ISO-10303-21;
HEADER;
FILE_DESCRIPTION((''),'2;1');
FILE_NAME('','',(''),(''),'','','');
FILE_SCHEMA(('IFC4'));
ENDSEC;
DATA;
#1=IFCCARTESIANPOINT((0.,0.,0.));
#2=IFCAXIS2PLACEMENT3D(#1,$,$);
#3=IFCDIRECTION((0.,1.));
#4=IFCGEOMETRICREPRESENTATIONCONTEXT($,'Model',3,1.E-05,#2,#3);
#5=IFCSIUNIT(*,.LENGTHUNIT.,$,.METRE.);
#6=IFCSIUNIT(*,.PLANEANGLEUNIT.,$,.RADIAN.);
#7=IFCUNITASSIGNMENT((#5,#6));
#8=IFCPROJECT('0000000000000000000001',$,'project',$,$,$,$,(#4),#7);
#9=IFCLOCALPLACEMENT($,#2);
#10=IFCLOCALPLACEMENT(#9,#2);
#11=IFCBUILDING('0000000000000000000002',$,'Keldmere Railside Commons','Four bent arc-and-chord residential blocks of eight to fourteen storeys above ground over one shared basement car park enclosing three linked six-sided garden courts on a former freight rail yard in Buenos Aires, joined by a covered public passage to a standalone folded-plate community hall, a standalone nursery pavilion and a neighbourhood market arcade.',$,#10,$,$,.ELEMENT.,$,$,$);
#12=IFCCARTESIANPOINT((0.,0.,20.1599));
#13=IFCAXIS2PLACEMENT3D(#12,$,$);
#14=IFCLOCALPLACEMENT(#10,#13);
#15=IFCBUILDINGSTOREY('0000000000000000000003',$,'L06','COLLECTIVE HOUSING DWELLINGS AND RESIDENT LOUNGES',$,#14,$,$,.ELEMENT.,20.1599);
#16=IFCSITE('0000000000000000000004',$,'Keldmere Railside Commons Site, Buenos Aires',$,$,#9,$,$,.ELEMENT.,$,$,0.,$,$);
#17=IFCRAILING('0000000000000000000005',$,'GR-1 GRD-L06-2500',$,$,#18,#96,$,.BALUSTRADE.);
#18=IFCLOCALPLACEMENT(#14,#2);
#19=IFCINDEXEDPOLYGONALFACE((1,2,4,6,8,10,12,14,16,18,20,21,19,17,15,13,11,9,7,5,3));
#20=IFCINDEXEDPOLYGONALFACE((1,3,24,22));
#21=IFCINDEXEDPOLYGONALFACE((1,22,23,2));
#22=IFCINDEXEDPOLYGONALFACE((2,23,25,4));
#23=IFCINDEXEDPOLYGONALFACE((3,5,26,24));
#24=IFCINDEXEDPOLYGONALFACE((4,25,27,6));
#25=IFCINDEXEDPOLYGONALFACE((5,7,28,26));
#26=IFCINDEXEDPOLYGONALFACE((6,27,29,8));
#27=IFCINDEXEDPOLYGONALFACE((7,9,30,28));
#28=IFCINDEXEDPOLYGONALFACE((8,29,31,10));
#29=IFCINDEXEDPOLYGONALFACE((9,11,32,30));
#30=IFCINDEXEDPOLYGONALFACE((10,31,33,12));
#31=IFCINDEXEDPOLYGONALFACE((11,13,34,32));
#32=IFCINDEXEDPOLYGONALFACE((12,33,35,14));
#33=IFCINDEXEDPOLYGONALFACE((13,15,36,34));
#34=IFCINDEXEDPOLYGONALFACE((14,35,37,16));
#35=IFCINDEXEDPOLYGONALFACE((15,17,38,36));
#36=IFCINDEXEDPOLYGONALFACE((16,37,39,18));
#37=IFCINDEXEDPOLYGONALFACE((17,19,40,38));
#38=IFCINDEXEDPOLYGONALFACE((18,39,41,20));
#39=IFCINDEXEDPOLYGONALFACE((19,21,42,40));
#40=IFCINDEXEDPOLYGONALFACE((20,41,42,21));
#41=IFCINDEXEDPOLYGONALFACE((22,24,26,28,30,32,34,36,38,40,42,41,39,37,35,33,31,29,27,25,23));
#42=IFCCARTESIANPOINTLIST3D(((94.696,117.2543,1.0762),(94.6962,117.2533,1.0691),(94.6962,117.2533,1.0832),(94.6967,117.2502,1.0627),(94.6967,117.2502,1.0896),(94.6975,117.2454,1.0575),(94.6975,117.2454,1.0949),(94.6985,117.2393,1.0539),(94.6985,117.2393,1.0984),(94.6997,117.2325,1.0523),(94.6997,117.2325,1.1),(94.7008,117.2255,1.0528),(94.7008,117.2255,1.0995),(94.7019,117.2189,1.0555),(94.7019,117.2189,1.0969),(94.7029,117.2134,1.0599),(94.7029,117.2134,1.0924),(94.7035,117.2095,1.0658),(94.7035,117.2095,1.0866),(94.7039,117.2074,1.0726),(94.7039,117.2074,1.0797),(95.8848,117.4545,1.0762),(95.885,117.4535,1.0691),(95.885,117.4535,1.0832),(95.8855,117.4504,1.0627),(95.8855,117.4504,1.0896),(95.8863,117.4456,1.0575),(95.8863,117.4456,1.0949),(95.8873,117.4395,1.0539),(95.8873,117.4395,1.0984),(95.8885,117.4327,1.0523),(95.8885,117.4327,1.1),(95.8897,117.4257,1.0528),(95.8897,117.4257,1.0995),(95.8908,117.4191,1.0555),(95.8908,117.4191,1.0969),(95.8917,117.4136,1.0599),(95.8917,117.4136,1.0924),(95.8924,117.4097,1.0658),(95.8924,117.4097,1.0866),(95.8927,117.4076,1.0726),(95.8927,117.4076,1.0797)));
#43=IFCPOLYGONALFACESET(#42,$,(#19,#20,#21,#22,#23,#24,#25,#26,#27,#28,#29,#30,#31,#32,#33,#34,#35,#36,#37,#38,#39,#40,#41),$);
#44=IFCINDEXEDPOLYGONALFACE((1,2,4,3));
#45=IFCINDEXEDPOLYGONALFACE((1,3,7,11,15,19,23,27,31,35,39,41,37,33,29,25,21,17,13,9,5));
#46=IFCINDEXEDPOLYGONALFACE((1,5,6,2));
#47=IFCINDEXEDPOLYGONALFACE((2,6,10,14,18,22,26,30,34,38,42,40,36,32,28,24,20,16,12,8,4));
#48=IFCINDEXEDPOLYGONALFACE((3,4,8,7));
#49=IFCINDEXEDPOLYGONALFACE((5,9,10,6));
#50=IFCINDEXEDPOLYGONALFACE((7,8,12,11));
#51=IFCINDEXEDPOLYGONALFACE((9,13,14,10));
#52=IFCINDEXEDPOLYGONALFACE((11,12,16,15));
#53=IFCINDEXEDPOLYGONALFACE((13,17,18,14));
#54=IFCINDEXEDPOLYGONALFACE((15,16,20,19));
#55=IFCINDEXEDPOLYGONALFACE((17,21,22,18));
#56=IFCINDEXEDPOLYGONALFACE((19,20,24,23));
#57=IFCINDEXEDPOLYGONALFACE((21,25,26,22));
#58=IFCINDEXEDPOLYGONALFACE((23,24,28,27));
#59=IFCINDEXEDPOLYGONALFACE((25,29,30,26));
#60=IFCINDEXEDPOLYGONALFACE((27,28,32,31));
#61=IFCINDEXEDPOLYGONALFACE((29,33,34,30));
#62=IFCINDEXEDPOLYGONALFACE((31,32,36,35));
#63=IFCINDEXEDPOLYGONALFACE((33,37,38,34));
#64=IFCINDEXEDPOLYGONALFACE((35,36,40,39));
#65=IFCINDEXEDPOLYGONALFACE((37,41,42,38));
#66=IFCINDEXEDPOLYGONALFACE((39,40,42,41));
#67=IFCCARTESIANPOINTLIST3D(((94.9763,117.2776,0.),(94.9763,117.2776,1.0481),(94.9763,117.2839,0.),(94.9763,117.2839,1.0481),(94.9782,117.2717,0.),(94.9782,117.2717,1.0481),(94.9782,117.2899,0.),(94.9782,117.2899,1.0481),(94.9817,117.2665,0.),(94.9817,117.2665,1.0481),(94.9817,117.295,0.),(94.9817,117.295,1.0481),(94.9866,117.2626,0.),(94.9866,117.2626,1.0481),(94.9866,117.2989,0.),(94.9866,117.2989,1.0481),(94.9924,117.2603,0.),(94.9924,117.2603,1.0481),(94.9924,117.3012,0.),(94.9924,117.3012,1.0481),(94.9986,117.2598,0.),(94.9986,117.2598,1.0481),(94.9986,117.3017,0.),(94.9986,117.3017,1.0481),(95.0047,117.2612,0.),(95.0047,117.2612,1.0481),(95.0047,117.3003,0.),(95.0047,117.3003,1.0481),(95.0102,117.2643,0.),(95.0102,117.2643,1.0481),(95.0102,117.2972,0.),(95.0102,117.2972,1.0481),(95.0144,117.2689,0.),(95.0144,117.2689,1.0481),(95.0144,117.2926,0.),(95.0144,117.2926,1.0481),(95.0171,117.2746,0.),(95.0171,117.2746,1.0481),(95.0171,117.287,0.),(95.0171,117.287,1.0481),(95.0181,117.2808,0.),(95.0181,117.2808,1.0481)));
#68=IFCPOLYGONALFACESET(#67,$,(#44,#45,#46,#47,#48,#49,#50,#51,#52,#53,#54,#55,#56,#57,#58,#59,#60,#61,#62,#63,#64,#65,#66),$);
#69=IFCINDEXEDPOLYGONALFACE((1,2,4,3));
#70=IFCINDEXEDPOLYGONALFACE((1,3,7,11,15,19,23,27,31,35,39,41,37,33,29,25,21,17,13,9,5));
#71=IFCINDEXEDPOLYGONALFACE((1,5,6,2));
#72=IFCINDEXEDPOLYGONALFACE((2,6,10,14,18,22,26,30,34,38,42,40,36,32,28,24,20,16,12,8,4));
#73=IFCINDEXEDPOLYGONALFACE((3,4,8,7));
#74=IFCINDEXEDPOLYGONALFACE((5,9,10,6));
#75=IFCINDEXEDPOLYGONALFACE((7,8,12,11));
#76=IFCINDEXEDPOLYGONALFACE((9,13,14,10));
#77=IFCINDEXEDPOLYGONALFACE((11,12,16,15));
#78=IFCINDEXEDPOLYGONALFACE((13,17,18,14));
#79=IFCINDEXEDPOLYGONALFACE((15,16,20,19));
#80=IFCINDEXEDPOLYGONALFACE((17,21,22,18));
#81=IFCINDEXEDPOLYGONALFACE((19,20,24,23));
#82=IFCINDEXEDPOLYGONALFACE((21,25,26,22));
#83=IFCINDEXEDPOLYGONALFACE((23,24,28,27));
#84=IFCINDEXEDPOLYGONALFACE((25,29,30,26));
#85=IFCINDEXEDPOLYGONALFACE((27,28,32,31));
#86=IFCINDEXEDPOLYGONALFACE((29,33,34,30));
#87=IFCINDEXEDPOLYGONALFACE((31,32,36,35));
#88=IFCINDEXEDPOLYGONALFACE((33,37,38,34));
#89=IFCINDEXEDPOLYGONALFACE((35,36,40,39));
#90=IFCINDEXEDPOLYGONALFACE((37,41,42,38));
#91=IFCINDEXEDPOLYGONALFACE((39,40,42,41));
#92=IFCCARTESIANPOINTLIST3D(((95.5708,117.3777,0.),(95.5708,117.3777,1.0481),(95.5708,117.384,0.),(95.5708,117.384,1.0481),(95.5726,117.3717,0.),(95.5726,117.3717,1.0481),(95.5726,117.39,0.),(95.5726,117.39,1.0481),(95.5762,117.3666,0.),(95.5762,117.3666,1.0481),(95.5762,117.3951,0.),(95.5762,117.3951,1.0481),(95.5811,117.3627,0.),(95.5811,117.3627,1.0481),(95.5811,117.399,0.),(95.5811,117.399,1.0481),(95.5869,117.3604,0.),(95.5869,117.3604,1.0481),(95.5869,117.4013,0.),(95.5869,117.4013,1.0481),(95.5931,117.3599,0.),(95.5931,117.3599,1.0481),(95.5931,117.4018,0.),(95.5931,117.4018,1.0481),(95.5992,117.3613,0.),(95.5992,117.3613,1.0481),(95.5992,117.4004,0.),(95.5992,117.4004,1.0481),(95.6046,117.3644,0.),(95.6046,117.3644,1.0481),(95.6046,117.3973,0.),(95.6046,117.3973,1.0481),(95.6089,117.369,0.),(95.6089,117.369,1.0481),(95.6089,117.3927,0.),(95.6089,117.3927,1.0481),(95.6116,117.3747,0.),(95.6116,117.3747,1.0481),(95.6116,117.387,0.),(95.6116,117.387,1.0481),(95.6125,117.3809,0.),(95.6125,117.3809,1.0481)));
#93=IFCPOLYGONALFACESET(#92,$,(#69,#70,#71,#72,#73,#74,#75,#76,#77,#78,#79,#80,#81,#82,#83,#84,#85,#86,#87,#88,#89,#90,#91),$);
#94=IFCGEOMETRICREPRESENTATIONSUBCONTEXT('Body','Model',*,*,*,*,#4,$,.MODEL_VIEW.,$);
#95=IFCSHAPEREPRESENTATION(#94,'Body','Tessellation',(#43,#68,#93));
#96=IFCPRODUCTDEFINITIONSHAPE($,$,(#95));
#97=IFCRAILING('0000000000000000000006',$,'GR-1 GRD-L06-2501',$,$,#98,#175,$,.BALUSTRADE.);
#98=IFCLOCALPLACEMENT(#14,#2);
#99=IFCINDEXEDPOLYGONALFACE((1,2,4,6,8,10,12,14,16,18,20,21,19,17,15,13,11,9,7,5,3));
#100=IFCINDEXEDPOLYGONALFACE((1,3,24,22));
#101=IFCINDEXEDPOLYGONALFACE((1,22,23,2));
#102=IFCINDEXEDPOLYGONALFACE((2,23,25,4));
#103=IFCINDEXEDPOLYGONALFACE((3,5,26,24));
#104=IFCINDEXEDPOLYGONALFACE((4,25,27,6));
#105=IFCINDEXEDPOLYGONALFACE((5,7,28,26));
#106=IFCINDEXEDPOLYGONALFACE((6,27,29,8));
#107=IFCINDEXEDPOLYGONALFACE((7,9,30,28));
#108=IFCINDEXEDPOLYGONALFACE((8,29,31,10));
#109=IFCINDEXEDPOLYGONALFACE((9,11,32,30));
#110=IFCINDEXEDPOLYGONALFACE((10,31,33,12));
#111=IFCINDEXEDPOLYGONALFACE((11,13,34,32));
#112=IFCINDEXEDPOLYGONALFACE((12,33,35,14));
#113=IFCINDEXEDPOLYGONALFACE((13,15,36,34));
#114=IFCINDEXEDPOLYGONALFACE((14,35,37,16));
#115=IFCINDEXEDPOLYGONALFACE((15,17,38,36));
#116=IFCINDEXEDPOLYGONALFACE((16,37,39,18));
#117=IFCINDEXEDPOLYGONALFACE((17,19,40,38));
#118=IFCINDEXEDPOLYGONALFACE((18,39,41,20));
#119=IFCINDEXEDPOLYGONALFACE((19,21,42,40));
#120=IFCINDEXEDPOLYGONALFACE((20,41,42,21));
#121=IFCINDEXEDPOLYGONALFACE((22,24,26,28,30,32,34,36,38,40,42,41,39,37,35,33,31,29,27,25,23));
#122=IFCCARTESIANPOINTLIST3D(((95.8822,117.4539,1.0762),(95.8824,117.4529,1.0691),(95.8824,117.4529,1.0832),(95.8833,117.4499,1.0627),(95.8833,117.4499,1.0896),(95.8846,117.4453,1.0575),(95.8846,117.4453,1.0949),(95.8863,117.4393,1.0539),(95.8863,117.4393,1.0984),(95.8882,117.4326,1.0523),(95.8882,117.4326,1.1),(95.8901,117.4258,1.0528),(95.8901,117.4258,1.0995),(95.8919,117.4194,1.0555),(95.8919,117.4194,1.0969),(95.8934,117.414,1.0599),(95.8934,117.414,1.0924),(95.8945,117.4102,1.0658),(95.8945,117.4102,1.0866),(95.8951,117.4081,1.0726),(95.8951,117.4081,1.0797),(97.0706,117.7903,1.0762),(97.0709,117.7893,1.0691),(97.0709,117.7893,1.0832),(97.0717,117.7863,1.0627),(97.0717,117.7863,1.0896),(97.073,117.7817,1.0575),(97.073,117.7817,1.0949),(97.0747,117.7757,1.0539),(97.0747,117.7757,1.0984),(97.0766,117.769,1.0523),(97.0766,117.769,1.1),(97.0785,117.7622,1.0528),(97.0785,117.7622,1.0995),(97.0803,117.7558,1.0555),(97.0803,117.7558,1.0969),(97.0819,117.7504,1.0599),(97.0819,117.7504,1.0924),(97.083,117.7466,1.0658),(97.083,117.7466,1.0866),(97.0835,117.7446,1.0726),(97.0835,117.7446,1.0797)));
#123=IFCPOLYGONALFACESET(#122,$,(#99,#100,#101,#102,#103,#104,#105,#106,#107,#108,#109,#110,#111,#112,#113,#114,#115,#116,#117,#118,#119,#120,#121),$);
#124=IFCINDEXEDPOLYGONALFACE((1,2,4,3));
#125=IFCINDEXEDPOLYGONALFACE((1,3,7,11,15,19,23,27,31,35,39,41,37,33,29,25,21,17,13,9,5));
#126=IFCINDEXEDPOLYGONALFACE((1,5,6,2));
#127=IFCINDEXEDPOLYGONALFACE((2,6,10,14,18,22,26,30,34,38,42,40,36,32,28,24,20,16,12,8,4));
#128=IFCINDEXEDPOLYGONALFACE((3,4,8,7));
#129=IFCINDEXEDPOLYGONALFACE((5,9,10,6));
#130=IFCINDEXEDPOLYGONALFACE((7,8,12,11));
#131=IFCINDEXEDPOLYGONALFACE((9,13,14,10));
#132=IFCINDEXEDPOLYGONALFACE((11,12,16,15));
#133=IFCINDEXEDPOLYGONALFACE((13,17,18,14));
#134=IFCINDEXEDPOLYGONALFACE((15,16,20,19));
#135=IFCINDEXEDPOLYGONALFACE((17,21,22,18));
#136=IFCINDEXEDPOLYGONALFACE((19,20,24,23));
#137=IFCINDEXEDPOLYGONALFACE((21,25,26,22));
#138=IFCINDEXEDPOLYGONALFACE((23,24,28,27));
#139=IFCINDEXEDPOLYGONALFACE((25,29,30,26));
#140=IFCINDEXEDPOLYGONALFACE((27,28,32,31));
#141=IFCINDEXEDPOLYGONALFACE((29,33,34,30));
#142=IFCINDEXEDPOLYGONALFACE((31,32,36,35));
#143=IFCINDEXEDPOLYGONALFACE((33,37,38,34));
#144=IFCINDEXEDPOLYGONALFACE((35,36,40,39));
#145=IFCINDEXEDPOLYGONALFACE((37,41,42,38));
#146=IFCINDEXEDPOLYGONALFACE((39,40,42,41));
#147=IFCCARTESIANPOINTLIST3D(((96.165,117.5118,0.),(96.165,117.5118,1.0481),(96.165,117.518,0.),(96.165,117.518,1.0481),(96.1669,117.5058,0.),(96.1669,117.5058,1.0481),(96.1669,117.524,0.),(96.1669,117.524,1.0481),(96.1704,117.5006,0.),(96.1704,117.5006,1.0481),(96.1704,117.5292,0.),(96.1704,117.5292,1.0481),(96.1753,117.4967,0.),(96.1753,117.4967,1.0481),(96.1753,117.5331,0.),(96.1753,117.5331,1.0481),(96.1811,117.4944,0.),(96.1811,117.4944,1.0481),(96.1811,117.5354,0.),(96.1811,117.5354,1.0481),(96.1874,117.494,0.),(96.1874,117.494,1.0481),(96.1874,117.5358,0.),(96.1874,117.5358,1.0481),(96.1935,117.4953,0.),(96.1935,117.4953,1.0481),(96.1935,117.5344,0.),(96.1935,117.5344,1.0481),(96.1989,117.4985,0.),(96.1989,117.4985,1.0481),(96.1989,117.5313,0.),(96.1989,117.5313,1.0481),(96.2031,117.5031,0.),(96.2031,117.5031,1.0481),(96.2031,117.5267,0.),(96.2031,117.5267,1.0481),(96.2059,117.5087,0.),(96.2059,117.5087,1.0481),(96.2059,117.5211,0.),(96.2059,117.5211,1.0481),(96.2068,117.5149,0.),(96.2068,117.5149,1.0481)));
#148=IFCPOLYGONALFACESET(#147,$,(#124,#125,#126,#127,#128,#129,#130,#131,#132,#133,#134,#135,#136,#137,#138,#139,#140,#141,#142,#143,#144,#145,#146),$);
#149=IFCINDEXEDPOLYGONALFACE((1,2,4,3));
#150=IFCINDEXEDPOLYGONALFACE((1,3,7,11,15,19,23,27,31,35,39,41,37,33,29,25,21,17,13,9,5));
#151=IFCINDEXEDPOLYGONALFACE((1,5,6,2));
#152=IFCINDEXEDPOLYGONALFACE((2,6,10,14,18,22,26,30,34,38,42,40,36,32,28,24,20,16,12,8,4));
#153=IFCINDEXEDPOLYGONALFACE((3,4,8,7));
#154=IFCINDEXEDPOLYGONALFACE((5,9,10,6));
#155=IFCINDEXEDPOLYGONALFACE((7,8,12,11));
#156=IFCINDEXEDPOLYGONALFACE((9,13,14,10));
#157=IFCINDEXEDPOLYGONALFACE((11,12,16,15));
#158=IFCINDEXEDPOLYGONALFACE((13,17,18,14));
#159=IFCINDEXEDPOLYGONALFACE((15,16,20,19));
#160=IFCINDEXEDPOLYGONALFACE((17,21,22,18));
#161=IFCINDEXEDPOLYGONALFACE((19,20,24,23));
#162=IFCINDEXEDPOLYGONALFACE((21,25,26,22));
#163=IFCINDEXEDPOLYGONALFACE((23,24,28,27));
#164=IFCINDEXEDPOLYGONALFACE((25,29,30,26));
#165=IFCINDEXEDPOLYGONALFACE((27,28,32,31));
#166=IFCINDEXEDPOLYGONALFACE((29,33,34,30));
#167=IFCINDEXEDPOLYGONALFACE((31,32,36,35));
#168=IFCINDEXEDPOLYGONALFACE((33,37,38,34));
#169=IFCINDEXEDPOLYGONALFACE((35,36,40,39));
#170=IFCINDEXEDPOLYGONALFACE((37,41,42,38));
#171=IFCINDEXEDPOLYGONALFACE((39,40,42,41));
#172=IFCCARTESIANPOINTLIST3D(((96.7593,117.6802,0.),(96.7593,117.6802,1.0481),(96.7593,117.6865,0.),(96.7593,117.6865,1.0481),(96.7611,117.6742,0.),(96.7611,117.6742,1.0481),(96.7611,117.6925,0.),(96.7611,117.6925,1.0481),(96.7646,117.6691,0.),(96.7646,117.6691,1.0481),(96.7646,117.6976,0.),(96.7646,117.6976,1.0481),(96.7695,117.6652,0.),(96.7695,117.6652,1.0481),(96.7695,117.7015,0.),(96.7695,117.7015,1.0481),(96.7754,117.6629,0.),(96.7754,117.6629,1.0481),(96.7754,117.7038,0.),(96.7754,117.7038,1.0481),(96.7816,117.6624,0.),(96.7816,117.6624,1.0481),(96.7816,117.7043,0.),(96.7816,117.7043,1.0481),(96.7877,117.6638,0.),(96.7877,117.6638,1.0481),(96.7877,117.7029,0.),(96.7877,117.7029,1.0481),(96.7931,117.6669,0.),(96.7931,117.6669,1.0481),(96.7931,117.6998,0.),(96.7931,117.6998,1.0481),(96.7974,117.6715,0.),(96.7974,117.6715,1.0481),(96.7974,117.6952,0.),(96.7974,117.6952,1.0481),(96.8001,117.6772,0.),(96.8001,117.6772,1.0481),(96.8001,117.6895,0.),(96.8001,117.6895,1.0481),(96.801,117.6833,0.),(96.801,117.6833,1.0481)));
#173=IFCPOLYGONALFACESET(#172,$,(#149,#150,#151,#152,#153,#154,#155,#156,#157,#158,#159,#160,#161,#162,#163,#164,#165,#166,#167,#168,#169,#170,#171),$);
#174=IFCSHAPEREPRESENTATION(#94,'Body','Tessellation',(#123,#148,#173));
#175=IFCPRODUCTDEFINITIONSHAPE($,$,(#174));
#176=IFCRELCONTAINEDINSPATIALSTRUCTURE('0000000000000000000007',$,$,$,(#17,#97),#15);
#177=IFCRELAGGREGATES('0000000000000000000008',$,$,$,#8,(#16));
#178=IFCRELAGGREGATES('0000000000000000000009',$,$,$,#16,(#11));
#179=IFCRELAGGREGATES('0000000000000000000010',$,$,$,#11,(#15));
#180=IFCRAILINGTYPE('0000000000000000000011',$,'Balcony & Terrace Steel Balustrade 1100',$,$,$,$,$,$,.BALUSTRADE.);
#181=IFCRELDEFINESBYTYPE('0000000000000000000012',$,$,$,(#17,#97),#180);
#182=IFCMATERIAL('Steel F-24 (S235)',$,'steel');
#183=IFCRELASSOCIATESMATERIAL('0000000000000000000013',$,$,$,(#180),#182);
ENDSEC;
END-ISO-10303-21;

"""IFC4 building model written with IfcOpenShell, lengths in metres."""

from ifc_helpers import new_model, si_unit, direction, frame, origin, origin_2d, place, context, subcontext, project, spatial, circle, extrude, material, type_object, element, save


model = new_model("IFC4")

# Units and contexts
model_context = context("Model", 3, precision=1e-05, world=origin(), true_north=direction((0.0, 1.0)))
body_context = subcontext(model_context, "Body", "Model", "MODEL_VIEW")
ifc_project = project(units=[si_unit("LENGTHUNIT", "METRE"), si_unit("PLANEANGLEUNIT", "RADIAN")], contexts=[model_context])

# Site, building, storey
site_placement = place(None, origin())
site = spatial("IfcSite", under=ifc_project, at=site_placement, Name="Keldmere Railside Commons Site, Buenos Aires", CompositionType="ELEMENT", RefElevation=0.0)
building_placement = place(site_placement, origin())
building = spatial("IfcBuilding", under=site, at=building_placement, Name="Keldmere Railside Commons", Description="Four bent arc-and-chord residential blocks of eight to fourteen storeys above ground over one shared basement car park enclosing three linked six-sided garden courts on a former freight rail yard in Buenos Aires, joined by a covered public passage to a standalone folded-plate community hall, a standalone nursery pavilion and a neighbourhood market arcade.", CompositionType="ELEMENT")
storey_placement = place(building_placement, frame((0.0, 0.0, 20.1599)))
storey = spatial("IfcBuildingStorey", under=building, at=storey_placement, Name="L06", Description="COLLECTIVE HOUSING DWELLINGS AND RESIDENT LOUNGES", CompositionType="ELEMENT", Elevation=20.1599)

# Railings
ifc_material_1 = material(Name="Steel F-24 (S235)", Category="steel")
railing_type = type_object("IfcRailingType", Name="Balcony & Terrace Steel Balustrade 1100", PredefinedType="BALUSTRADE", material=ifc_material_1)
railing_1_placement = place(storey_placement, frame((94.7, 117.2307, 0.0)))
element("IfcRailing", 1, at=railing_1_placement, inside=storey, type_object=railing_type, Name="GR-1 GRD-L06-2500", PredefinedType="BALUSTRADE", context=body_context, shape_type="SweptSolid", body=[
    extrude(circle(Radius=0.0239, at=origin_2d()), frame((0.0, 0.0, 1.0762), z_axis=(0.986113, 0.166074, 0.0), x_axis=(-0.166074, 0.986113, 0.0)), (0.0, 0.0, 1.0), 1.2056),
    extrude(circle(Radius=0.021, at=origin_2d()), frame((0.2971, 0.05, 0.0)), (0.0, 0.0, 1.0), 1.0481),
    extrude(circle(Radius=0.021, at=origin_2d()), frame((0.8916, 0.1501, 0.0)), (0.0, 0.0, 1.0), 1.0481),
])
railing_2_placement = place(storey_placement, frame((95.8887, 117.4309, 0.0)))
element("IfcRailing", 2, at=railing_2_placement, inside=storey, type_object=railing_type, Name="GR-1 GRD-L06-2501", PredefinedType="BALUSTRADE", context=body_context, shape_type="SweptSolid", body=[
    extrude(circle(Radius=0.0239, at=origin_2d()), frame((0.0, 0.0, 1.0762), z_axis=(0.962192, 0.272371, 0.0), x_axis=(-0.272371, 0.962192, 0.0)), (0.0, 0.0, 1.0), 1.2351),
    extrude(circle(Radius=0.021, at=origin_2d()), frame((0.2971, 0.084, 0.0)), (0.0, 0.0, 1.0), 1.0481),
    extrude(circle(Radius=0.021, at=origin_2d()), frame((0.8914, 0.2524, 0.0)), (0.0, 0.0, 1.0), 1.0481),
])

save(model, "model.ifc")
